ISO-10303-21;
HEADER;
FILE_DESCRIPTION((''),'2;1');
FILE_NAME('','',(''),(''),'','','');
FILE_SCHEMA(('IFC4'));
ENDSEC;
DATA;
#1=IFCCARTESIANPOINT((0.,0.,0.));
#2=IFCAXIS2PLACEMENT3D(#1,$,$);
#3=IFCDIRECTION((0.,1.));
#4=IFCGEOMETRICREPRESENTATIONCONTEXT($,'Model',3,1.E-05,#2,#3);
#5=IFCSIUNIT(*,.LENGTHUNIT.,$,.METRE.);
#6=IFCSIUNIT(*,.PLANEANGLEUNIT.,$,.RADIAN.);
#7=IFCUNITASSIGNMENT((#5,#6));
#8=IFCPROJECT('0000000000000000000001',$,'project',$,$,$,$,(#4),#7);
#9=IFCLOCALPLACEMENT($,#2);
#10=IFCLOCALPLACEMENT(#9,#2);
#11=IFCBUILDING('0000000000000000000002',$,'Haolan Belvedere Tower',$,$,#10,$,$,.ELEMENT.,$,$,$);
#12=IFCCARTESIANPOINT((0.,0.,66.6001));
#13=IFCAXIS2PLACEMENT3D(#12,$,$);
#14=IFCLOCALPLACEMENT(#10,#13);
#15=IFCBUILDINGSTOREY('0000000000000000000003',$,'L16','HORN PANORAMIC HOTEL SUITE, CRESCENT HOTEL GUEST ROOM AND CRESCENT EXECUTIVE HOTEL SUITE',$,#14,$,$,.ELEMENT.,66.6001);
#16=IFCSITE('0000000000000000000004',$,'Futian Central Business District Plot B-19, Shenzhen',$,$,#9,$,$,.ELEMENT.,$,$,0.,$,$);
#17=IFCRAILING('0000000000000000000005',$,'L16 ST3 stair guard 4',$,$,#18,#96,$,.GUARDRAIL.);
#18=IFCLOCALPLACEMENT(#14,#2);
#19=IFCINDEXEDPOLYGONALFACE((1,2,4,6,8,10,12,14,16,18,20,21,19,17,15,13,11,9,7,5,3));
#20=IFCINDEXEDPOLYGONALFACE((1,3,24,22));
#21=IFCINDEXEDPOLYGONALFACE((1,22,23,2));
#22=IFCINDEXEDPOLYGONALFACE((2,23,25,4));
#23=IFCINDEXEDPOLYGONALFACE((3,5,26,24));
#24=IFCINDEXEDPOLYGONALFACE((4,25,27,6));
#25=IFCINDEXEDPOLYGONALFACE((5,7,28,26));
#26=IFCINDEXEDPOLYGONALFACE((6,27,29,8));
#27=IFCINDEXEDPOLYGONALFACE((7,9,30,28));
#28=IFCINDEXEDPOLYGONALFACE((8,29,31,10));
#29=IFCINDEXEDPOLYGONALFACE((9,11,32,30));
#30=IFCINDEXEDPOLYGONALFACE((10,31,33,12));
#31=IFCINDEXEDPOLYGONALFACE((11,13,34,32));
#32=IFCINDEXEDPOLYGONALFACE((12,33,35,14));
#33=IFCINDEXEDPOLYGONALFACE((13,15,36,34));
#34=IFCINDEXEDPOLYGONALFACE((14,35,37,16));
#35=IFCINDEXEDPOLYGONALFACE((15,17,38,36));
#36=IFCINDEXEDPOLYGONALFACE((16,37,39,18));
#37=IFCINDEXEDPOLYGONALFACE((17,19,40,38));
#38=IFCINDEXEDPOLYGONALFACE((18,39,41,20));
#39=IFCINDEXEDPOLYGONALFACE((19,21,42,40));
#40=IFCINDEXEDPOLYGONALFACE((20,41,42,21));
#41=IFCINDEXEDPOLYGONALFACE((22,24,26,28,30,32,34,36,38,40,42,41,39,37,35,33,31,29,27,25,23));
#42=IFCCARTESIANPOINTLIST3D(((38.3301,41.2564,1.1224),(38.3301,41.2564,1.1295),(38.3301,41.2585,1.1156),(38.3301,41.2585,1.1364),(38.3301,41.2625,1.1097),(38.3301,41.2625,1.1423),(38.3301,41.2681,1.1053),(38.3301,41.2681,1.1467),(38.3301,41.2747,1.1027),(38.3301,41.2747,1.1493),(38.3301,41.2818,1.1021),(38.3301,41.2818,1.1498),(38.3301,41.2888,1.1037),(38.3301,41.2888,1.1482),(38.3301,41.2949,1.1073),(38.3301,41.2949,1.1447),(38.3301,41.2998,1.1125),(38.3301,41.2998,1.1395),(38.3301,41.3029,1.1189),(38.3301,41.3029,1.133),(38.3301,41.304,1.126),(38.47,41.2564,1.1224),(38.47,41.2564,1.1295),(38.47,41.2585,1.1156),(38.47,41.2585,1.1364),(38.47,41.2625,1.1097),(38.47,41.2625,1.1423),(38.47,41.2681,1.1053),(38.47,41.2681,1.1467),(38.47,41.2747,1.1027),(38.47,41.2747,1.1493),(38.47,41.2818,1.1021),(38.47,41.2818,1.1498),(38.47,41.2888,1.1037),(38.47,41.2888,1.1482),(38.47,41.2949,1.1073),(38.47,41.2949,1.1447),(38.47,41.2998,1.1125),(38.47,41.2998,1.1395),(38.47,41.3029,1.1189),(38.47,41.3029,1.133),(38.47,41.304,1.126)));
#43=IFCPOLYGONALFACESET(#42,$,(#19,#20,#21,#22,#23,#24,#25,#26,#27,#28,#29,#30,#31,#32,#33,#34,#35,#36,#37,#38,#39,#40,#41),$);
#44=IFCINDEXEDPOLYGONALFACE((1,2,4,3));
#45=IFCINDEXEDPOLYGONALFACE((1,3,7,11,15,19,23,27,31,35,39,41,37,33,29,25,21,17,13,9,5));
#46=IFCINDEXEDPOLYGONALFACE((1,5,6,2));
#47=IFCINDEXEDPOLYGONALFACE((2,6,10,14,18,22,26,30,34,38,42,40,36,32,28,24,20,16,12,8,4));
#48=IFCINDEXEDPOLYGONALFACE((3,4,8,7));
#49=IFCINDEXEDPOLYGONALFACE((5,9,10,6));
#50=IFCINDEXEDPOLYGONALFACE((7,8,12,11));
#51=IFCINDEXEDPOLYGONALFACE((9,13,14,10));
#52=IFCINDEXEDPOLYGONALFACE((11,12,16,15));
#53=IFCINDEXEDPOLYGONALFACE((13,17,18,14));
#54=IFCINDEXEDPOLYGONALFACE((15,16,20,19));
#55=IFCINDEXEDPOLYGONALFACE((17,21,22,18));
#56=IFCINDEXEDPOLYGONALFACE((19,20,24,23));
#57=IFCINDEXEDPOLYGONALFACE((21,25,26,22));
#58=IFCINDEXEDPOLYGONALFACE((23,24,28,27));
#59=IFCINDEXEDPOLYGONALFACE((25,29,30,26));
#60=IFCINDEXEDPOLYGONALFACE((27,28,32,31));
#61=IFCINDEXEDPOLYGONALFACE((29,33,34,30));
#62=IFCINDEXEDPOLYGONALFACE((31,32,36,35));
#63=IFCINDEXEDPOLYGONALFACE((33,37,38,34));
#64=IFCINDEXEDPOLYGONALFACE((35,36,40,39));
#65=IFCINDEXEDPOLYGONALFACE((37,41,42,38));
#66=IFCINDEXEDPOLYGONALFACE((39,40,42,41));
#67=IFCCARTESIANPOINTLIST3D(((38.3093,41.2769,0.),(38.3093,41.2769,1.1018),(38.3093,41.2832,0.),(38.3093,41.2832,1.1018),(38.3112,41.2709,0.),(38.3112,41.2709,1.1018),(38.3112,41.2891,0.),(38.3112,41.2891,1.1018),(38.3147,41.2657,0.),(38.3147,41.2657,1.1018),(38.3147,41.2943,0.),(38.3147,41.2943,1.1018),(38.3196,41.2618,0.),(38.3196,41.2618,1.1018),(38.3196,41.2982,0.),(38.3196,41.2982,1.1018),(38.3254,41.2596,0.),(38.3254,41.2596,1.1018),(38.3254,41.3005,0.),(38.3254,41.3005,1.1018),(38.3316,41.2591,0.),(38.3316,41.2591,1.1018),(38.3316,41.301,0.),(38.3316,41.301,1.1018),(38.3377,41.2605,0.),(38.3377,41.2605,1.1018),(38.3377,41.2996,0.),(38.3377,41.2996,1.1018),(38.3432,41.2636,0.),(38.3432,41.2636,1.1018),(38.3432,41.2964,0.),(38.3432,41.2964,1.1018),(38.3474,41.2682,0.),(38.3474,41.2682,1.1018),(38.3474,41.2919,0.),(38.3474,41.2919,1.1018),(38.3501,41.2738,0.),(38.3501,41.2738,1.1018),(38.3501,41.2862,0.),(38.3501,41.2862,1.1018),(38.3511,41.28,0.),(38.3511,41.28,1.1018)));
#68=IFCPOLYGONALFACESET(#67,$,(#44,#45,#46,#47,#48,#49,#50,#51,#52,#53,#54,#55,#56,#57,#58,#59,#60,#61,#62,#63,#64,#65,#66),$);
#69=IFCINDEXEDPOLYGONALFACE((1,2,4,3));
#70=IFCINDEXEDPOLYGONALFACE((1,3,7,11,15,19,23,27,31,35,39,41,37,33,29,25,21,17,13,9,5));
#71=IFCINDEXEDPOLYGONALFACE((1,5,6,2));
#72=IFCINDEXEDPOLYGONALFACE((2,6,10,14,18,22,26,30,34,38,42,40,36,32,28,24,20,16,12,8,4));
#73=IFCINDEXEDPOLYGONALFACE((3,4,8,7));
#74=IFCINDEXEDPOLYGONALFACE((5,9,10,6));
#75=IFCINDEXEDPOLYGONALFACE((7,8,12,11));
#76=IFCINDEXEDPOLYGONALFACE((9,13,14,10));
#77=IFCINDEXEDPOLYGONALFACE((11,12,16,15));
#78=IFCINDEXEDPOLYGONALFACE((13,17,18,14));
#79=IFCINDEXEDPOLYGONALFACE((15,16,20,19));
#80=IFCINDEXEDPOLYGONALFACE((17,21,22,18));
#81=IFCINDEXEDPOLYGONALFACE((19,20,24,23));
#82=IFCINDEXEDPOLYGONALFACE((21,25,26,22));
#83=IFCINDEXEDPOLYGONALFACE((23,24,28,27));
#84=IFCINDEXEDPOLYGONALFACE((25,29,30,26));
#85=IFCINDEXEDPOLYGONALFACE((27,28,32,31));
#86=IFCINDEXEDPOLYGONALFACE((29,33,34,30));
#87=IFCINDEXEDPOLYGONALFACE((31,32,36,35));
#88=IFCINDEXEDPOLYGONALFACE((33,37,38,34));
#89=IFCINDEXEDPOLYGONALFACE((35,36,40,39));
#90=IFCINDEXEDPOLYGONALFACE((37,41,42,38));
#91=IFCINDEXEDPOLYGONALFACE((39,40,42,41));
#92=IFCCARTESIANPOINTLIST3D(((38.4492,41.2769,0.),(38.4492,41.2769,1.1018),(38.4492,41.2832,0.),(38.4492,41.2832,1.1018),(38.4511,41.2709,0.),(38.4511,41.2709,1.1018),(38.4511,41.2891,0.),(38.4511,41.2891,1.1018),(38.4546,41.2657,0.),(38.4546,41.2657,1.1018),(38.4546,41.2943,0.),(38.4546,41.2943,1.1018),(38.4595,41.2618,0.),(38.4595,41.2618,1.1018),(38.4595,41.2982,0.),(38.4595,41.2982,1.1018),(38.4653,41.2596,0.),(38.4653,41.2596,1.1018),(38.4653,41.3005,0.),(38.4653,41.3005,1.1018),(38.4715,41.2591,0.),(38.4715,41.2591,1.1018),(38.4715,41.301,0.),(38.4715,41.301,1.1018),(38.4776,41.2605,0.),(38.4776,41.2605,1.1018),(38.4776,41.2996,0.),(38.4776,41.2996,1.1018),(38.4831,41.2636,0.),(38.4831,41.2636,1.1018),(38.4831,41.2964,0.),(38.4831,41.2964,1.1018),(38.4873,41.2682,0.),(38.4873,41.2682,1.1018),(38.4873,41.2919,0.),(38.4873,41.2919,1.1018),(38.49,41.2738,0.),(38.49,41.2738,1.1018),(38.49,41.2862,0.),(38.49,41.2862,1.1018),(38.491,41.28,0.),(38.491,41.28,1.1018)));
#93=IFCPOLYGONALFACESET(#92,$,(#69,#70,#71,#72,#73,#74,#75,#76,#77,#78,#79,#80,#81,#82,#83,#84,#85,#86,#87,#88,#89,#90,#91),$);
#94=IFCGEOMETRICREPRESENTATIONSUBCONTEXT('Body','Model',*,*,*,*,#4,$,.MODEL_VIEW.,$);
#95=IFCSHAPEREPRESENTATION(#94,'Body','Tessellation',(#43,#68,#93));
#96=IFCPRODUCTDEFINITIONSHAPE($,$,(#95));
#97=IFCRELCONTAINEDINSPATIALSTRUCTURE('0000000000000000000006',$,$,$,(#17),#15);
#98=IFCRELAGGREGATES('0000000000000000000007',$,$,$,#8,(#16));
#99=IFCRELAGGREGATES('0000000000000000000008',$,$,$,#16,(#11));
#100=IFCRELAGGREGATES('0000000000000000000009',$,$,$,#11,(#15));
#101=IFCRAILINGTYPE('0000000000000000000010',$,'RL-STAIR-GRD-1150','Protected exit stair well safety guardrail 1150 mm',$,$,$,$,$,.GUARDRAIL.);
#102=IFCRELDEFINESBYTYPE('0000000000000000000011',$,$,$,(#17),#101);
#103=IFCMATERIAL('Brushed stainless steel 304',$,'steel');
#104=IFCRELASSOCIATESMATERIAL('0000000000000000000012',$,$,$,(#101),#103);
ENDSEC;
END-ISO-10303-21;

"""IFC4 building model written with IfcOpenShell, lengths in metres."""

from ifc_helpers import new_model, si_unit, direction, frame, origin, origin_2d, place, context, subcontext, project, spatial, circle, extrude, material, type_object, element, save


model = new_model("IFC4")

# Units and contexts
model_context = context("Model", 3, precision=1e-05, world=origin(), true_north=direction((0.0, 1.0)))
body_context = subcontext(model_context, "Body", "Model", "MODEL_VIEW")
ifc_project = project(units=[si_unit("LENGTHUNIT", "METRE"), si_unit("PLANEANGLEUNIT", "RADIAN")], contexts=[model_context])

# Site, building, storey
site_placement = place(None, origin())
site = spatial("IfcSite", under=ifc_project, at=site_placement, Name="Futian Central Business District Plot B-19, Shenzhen", CompositionType="ELEMENT", RefElevation=0.0)
building_placement = place(site_placement, origin())
building = spatial("IfcBuilding", under=site, at=building_placement, Name="Haolan Belvedere Tower", CompositionType="ELEMENT")
storey_placement = place(building_placement, frame((0.0, 0.0, 66.6001)))
storey = spatial("IfcBuildingStorey", under=building, at=storey_placement, Name="L16", Description="HORN PANORAMIC HOTEL SUITE, CRESCENT HOTEL GUEST ROOM AND CRESCENT EXECUTIVE HOTEL SUITE", CompositionType="ELEMENT", Elevation=66.6001)

# Railing
ifc_material_1 = material(Name="Brushed stainless steel 304", Category="steel")
railing_type_1 = type_object("IfcRailingType", Name="RL-STAIR-GRD-1150", Description="Protected exit stair well safety guardrail 1150 mm", PredefinedType="GUARDRAIL", material=ifc_material_1)
railing_1_placement = place(storey_placement, frame((38.3301, 41.28, 0.0)))
element("IfcRailing", 1, at=railing_1_placement, inside=storey, type_object=railing_type_1, Name="L16 ST3 stair guard 4", PredefinedType="GUARDRAIL", context=body_context, shape_type="SweptSolid", body=[
    extrude(circle(Radius=0.0239, at=origin_2d()), frame((0.0, 0.0, 1.126), z_axis=(1.0, 0.0, 0.0), x_axis=(0.0, 1.0, 0.0)), (0.0, 0.0, 1.0), 0.1399),
    extrude(circle(Radius=0.021, at=origin_2d()), origin(), (0.0, 0.0, 1.0), 1.1018),
    extrude(circle(Radius=0.021, at=origin_2d()), frame((0.1399, 0.0, 0.0)), (0.0, 0.0, 1.0), 1.1018),
])

save(model, "model.ifc")
